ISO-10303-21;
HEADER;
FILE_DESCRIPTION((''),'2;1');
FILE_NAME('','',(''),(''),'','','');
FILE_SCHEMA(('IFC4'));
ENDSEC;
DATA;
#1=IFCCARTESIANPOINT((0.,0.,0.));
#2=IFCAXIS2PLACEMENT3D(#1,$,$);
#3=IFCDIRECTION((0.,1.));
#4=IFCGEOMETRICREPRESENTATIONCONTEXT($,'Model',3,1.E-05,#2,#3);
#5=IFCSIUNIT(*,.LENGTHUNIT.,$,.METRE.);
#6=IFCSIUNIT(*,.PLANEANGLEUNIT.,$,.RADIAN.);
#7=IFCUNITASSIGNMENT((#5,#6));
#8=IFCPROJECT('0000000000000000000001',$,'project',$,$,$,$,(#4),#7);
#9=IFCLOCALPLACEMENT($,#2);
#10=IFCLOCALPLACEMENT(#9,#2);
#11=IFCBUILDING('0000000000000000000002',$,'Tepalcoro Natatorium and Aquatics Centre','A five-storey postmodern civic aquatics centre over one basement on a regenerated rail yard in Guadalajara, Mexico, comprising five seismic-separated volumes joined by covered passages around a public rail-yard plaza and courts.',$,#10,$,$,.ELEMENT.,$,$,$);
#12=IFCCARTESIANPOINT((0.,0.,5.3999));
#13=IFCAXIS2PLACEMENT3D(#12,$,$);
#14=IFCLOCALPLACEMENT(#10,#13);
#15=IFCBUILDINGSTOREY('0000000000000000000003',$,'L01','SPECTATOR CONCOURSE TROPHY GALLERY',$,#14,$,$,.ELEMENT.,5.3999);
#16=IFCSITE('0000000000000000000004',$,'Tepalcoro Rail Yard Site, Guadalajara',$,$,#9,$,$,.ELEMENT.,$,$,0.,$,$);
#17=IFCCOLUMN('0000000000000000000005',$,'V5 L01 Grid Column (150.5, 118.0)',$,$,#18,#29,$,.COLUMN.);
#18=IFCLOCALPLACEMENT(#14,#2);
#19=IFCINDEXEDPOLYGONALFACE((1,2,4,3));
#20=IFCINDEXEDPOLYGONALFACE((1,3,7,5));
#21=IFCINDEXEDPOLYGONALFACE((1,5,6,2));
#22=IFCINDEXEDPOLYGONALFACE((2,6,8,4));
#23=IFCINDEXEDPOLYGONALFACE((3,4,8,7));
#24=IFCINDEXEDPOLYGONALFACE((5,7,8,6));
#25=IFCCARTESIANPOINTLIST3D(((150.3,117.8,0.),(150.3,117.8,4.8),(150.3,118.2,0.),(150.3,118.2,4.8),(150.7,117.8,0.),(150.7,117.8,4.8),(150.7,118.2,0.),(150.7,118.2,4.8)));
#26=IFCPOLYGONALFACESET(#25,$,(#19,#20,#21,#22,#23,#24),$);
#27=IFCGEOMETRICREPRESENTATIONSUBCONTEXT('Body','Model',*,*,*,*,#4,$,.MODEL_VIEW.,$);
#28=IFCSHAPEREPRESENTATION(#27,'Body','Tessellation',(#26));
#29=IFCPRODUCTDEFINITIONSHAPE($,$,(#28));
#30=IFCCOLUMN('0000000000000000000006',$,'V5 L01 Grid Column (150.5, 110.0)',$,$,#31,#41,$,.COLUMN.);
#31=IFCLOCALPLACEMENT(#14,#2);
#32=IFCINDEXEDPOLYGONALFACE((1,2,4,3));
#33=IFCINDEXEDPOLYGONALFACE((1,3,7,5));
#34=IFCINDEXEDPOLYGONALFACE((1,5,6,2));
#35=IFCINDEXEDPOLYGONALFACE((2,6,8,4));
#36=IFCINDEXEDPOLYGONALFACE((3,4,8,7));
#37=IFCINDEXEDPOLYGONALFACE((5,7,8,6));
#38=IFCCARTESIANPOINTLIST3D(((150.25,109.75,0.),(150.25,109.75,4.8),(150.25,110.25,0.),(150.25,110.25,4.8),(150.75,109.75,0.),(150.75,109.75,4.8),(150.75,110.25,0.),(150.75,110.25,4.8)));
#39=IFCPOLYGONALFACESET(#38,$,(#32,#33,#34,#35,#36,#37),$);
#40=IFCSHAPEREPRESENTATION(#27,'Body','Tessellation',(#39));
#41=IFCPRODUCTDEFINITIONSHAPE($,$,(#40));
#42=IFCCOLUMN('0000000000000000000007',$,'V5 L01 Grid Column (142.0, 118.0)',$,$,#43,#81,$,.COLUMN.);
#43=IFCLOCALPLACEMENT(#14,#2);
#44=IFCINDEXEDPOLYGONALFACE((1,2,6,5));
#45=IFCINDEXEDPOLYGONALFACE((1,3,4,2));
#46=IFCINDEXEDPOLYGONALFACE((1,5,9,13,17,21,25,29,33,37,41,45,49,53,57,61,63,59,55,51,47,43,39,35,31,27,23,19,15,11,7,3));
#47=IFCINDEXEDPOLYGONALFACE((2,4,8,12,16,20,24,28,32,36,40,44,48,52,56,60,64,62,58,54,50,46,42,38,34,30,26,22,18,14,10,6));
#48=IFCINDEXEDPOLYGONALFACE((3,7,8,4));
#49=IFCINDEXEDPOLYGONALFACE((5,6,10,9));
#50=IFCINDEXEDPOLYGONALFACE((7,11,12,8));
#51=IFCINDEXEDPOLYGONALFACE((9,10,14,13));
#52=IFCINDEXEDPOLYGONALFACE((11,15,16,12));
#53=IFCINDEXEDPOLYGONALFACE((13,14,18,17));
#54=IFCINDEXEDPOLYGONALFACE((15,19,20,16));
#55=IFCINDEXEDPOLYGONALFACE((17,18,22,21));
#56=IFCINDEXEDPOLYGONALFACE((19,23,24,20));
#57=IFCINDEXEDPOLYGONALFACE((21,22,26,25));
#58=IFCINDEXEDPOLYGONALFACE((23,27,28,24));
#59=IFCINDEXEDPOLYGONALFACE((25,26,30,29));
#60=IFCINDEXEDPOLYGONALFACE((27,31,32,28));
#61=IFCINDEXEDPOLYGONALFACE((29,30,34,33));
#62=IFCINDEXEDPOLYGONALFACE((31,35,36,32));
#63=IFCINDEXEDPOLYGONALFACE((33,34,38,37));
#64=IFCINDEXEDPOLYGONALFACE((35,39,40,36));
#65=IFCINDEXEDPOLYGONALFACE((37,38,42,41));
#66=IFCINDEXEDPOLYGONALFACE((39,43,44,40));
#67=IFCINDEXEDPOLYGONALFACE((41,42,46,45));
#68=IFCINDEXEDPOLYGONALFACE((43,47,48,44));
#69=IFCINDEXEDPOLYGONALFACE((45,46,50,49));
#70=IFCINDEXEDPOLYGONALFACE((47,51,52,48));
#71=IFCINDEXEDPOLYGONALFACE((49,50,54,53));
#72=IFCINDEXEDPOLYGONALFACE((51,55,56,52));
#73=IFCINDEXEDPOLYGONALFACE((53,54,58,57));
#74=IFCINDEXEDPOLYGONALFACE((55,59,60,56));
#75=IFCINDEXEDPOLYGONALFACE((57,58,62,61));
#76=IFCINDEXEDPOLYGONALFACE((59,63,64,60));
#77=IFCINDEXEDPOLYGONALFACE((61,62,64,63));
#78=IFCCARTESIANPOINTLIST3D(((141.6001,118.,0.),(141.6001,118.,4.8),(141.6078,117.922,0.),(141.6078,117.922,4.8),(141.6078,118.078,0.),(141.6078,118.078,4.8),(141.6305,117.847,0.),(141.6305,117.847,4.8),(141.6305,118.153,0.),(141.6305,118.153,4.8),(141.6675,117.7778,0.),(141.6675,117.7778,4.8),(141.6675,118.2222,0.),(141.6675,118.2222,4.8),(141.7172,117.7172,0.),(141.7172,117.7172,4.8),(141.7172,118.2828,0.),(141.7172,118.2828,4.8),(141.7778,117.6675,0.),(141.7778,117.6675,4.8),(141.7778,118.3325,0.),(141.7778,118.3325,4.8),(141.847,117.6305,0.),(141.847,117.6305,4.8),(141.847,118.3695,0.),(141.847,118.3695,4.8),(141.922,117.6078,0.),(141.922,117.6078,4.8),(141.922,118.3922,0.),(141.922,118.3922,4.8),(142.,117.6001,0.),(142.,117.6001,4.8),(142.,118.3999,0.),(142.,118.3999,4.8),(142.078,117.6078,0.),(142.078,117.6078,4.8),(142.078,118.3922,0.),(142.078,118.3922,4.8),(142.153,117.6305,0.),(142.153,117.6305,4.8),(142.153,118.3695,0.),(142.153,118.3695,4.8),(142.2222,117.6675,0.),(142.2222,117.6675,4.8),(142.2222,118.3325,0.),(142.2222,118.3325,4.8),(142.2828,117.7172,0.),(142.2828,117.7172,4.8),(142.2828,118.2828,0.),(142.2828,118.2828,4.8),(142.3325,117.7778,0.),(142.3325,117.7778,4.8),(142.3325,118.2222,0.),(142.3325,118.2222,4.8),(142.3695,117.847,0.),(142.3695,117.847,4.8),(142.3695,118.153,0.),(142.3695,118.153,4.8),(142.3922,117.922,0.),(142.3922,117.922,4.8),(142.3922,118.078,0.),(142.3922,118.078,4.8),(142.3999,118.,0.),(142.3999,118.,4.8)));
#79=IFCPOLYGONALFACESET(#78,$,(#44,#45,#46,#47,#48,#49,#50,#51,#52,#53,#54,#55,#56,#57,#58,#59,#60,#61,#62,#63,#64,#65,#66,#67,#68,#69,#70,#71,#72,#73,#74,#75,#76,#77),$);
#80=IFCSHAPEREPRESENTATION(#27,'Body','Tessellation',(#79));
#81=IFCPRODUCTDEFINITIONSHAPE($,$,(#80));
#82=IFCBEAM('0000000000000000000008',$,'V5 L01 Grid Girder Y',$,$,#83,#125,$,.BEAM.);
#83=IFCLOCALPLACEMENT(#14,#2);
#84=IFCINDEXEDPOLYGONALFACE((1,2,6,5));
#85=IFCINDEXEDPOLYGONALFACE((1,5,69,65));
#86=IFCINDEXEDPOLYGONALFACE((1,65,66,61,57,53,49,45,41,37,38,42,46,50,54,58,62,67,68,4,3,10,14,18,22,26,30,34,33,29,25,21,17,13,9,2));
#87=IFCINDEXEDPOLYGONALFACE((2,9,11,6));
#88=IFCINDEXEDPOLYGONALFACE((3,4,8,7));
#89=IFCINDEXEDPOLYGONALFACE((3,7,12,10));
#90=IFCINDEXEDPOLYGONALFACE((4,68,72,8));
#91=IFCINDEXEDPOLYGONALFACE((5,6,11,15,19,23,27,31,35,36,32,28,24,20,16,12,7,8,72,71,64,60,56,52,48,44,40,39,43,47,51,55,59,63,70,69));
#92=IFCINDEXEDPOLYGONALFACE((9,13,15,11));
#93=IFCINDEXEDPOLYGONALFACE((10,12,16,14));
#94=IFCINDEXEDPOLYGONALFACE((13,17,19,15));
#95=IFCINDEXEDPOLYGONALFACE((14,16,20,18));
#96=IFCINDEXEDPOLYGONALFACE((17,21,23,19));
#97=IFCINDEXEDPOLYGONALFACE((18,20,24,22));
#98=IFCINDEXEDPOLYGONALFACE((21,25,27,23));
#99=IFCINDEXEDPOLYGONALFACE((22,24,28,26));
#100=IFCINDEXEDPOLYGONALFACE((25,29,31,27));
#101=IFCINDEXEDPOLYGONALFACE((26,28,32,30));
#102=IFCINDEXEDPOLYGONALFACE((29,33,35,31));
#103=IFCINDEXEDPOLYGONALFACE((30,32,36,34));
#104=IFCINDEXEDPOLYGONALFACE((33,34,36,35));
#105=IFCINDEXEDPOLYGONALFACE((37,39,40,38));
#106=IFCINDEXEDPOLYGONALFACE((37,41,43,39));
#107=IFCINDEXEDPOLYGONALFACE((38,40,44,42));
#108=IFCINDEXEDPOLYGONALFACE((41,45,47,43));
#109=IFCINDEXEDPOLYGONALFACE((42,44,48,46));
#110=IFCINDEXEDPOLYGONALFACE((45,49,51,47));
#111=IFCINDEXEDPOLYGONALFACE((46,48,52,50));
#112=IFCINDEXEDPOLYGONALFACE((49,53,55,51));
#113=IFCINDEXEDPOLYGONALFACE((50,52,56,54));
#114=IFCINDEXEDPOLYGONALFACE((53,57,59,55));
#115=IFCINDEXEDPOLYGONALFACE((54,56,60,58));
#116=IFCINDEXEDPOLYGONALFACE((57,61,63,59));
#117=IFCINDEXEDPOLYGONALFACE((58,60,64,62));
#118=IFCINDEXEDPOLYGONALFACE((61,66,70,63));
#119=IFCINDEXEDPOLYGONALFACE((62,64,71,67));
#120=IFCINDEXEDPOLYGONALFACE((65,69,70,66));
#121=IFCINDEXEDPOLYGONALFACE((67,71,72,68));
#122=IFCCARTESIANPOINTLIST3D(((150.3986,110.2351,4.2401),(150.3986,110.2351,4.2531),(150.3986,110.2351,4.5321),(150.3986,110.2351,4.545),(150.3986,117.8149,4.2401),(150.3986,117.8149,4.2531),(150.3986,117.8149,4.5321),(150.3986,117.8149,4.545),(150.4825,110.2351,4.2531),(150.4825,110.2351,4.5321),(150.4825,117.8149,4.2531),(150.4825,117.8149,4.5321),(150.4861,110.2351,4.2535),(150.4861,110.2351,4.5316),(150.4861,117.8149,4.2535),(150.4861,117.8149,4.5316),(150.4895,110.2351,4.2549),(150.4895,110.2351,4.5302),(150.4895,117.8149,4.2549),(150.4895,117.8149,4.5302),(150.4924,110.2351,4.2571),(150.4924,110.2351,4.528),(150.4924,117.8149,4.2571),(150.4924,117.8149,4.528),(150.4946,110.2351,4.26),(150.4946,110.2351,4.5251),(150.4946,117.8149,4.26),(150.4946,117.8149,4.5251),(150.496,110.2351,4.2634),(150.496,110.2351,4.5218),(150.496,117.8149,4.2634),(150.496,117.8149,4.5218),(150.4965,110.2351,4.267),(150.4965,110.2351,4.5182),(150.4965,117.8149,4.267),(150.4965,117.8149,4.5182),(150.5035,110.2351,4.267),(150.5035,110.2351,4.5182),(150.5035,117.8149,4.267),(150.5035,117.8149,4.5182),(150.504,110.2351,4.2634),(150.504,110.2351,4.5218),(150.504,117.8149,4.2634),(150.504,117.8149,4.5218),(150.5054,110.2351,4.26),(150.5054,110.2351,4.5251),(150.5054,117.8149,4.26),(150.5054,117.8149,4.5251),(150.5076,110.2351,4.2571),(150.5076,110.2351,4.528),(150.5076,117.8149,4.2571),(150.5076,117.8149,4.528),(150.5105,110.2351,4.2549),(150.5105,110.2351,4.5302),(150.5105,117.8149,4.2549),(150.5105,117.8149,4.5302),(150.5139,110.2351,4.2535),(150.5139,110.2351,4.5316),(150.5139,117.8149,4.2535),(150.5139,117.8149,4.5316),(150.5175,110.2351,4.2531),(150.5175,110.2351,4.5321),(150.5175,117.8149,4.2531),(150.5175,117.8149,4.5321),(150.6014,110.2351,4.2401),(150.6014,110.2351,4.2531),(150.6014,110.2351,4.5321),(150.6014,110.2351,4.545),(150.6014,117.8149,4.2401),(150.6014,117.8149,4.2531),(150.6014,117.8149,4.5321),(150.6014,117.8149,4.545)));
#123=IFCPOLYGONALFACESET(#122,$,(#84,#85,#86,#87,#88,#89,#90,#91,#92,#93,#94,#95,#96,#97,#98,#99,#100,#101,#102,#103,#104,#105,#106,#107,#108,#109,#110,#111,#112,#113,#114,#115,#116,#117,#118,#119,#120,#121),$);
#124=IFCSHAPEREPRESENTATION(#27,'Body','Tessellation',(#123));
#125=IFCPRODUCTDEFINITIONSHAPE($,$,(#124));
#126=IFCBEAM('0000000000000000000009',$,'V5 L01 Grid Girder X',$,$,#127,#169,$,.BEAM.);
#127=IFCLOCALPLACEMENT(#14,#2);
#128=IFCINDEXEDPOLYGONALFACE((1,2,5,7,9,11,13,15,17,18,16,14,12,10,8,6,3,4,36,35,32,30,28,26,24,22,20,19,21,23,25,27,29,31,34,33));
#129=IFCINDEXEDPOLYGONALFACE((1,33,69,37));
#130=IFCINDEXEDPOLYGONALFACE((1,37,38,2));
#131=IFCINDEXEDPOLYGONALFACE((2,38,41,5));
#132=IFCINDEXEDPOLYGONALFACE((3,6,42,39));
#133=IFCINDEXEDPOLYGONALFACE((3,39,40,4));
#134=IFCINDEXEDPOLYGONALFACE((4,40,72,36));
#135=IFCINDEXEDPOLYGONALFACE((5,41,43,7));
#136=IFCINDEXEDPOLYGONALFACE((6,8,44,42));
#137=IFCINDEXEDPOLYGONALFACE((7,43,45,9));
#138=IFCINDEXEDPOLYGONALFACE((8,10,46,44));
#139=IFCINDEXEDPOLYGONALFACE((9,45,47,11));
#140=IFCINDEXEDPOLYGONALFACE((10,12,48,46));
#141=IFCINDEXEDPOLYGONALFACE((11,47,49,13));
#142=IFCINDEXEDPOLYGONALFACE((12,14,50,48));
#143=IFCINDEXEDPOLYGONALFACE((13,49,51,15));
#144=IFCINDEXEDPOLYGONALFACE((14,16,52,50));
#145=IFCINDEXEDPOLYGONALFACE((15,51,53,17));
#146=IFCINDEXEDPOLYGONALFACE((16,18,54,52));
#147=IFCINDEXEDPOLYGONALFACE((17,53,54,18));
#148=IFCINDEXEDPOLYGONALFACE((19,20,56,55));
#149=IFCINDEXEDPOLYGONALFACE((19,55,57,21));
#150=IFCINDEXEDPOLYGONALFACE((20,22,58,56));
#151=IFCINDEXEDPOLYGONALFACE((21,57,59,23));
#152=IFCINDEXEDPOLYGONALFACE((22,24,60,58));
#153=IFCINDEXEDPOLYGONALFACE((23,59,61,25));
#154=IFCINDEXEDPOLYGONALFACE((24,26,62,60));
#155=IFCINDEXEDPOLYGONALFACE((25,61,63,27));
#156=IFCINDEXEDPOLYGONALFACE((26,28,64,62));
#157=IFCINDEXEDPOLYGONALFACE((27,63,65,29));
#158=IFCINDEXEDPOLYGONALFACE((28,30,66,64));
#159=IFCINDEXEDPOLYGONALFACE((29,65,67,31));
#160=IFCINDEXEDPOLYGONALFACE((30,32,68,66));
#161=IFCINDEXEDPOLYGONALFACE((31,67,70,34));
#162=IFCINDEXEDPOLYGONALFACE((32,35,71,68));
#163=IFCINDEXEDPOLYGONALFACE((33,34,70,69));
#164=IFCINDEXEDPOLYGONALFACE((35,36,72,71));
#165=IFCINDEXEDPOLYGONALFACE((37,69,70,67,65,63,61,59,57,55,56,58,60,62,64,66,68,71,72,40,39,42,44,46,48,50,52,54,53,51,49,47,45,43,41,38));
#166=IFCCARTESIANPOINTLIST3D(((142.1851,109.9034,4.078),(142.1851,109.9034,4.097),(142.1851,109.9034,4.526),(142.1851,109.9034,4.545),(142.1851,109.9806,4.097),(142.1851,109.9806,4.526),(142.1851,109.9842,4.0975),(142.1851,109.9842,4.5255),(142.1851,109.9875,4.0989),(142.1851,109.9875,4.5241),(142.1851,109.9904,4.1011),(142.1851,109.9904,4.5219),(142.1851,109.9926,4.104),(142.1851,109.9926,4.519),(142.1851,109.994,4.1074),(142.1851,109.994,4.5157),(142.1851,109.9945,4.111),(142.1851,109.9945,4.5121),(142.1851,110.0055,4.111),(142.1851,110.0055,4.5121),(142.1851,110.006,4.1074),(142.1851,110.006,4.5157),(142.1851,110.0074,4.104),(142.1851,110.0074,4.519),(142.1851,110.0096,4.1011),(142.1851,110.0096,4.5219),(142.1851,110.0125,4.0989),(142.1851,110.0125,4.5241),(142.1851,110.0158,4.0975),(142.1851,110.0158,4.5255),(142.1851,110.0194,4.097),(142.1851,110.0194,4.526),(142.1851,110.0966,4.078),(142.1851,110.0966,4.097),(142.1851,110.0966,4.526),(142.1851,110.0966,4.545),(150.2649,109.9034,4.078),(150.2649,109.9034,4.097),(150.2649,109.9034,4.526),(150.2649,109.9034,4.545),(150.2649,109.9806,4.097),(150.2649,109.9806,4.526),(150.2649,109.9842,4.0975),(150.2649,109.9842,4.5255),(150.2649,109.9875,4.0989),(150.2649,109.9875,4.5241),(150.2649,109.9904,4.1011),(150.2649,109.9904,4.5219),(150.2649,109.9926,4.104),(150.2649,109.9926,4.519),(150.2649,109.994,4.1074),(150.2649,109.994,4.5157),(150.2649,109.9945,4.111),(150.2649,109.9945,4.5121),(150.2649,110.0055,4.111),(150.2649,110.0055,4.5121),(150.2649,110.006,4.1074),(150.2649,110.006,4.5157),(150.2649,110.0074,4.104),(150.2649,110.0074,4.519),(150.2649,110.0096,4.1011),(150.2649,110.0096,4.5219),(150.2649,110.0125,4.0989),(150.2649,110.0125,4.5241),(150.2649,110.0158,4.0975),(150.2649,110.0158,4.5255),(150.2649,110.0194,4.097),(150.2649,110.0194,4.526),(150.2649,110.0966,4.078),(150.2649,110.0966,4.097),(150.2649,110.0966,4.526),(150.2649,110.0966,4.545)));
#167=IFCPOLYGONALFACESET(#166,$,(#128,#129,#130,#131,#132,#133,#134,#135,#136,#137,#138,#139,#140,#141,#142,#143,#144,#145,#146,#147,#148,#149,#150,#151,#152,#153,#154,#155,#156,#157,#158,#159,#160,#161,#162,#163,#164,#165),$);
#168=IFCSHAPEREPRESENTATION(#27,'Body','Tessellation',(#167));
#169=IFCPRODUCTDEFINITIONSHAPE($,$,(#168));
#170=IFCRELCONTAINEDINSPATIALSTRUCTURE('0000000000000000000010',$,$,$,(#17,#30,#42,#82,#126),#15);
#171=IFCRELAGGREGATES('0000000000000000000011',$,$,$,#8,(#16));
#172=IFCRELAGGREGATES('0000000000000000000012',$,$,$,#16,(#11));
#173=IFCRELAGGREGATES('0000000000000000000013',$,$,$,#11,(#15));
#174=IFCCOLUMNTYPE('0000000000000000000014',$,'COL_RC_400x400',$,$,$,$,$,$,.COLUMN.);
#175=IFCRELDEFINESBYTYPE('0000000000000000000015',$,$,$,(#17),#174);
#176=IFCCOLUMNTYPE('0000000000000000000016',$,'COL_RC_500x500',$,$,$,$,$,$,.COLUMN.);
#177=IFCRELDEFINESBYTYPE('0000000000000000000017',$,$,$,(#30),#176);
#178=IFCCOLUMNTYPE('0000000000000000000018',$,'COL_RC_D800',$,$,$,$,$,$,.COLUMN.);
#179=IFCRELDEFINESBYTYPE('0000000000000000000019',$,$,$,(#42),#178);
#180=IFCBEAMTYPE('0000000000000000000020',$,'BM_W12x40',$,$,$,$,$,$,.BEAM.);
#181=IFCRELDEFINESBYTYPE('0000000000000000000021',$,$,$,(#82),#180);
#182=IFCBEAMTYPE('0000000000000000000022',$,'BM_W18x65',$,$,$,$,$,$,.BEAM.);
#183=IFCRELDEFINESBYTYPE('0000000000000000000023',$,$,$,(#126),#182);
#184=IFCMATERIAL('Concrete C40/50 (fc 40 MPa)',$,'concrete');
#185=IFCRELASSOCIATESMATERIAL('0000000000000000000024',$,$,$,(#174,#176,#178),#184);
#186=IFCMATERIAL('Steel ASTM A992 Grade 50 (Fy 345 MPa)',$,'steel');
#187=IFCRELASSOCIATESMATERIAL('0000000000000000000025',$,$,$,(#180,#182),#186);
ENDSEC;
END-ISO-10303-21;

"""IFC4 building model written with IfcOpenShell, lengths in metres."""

from ifc_helpers import new_model, si_unit, direction, frame, origin, origin_2d, place, context, subcontext, project, spatial, rectangle, circle, i_section, extrude, material, material_profile, profile_set, type_object, element, save


model = new_model("IFC4")

# Units and contexts
model_context = context("Model", 3, precision=1e-05, world=origin(), true_north=direction((0.0, 1.0)))
body_context = subcontext(model_context, "Body", "Model", "MODEL_VIEW")
ifc_project = project(units=[si_unit("LENGTHUNIT", "METRE"), si_unit("PLANEANGLEUNIT", "RADIAN")], contexts=[model_context])

# Site, building, storey
site_placement = place(None, origin())
site = spatial("IfcSite", under=ifc_project, at=site_placement, Name="Tepalcoro Rail Yard Site, Guadalajara", CompositionType="ELEMENT", RefElevation=0.0)
building_placement = place(site_placement, origin())
building = spatial("IfcBuilding", under=site, at=building_placement, Name="Tepalcoro Natatorium and Aquatics Centre", Description="A five-storey postmodern civic aquatics centre over one basement on a regenerated rail yard in Guadalajara, Mexico, comprising five seismic-separated volumes joined by covered passages around a public rail-yard plaza and courts.", CompositionType="ELEMENT")
storey_placement = place(building_placement, frame((0.0, 0.0, 5.3999)))
storey = spatial("IfcBuildingStorey", under=building, at=storey_placement, Name="L01", Description="SPECTATOR CONCOURSE TROPHY GALLERY", CompositionType="ELEMENT", Elevation=5.3999)

# Columns
ifc_material_1 = material(Name="Concrete C40/50 (fc 40 MPa)", Category="concrete")
ifc_material_profile_1 = material_profile(ifc_material_1, rectangle(XDim=0.3999, YDim=0.3999, at=origin_2d()), Name="RC400x400")
ifc_profile_set_1 = profile_set([ifc_material_profile_1], Name="Concrete C40/50 (fc 40 MPa)")
column_type_1 = type_object("IfcColumnType", Name="COL_RC_400x400", PredefinedType="COLUMN", material=ifc_profile_set_1)
column_1_placement = place(storey_placement, frame((150.5, 118.0, 0.0), z_axis=(0.0, 0.0, 1.0), x_axis=(1.0, 0.0, 0.0)))
element("IfcColumn", 1, at=column_1_placement, inside=storey, type_object=column_type_1, Name="V5 L01 Grid Column (150.5, 118.0)", PredefinedType="COLUMN", context=body_context, shape_type="SweptSolid", body=[
    extrude(rectangle(XDim=0.3999, YDim=0.3999, at=origin_2d()), origin(), (0.0, 0.0, 1.0), 4.8),
])
ifc_material_profile_2 = material_profile(ifc_material_1, rectangle(XDim=0.5, YDim=0.5, at=origin_2d()), Name="RC500x500")
ifc_profile_set_2 = profile_set([ifc_material_profile_2], Name="Concrete C40/50 (fc 40 MPa)")
column_type_2 = type_object("IfcColumnType", Name="COL_RC_500x500", PredefinedType="COLUMN", material=ifc_profile_set_2)
column_2_placement = place(storey_placement, frame((150.5, 110.0, 0.0), z_axis=(0.0, 0.0, 1.0), x_axis=(1.0, 0.0, 0.0)))
element("IfcColumn", 2, at=column_2_placement, inside=storey, type_object=column_type_2, Name="V5 L01 Grid Column (150.5, 110.0)", PredefinedType="COLUMN", context=body_context, shape_type="SweptSolid", body=[
    extrude(rectangle(XDim=0.5, YDim=0.5, at=origin_2d()), origin(), (0.0, 0.0, 1.0), 4.8),
])
ifc_material_profile_3 = material_profile(ifc_material_1, circle(Radius=0.3999, at=origin_2d()), Name="RCD800")
ifc_profile_set_3 = profile_set([ifc_material_profile_3], Name="Concrete C40/50 (fc 40 MPa)")
column_type_3 = type_object("IfcColumnType", Name="COL_RC_D800", PredefinedType="COLUMN", material=ifc_profile_set_3)
column_3_placement = place(storey_placement, frame((142.0, 118.0, 0.0), z_axis=(0.0, 0.0, 1.0), x_axis=(1.0, 0.0, 0.0)))
element("IfcColumn", 3, at=column_3_placement, inside=storey, type_object=column_type_3, Name="V5 L01 Grid Column (142.0, 118.0)", PredefinedType="COLUMN", context=body_context, shape_type="SweptSolid", body=[
    extrude(circle(Radius=0.3999, at=origin_2d()), origin(), (0.0, 0.0, 1.0), 4.8),
])

# Beams
ifc_material_2 = material(Name="Steel ASTM A992 Grade 50 (Fy 345 MPa)", Category="steel")
ifc_material_profile_4 = material_profile(ifc_material_2, i_section(OverallWidth=0.2029, OverallDepth=0.3049, WebThickness=0.0071, FlangeThickness=0.0129, FilletRadius=0.0139, at=origin_2d()), Name="W12X40")
ifc_profile_set_4 = profile_set([ifc_material_profile_4], Name="Steel ASTM A992 Grade 50 (Fy 345 MPa)")
beam_type_1 = type_object("IfcBeamType", Name="BM_W12x40", PredefinedType="BEAM", material=ifc_profile_set_4)
beam_1_placement = place(storey_placement, frame((150.5, 110.2351, 4.3926), z_axis=(0.0, 1.0, 0.0), x_axis=(-1.0, 0.0, 0.0)))
element("IfcBeam", 4, at=beam_1_placement, inside=storey, type_object=beam_type_1, Name="V5 L01 Grid Girder Y", PredefinedType="BEAM", context=body_context, shape_type="SweptSolid", body=[
    extrude(i_section(OverallWidth=0.2029, OverallDepth=0.3049, WebThickness=0.0071, FlangeThickness=0.0129, FilletRadius=0.0139, at=origin_2d()), origin(), (0.0, 0.0, 1.0), 7.5798),
])
ifc_material_profile_5 = material_profile(ifc_material_2, i_section(OverallWidth=0.1931, OverallDepth=0.467, WebThickness=0.011, FlangeThickness=0.019, FilletRadius=0.0139, at=origin_2d()), Name="W18X65")
ifc_profile_set_5 = profile_set([ifc_material_profile_5], Name="Steel ASTM A992 Grade 50 (Fy 345 MPa)")
beam_type_2 = type_object("IfcBeamType", Name="BM_W18x65", PredefinedType="BEAM", material=ifc_profile_set_5)
beam_2_placement = place(storey_placement, frame((142.1851, 110.0, 4.3115), z_axis=(1.0, 0.0, 0.0), x_axis=(0.0, 1.0, 0.0)))
element("IfcBeam", 5, at=beam_2_placement, inside=storey, type_object=beam_type_2, Name="V5 L01 Grid Girder X", PredefinedType="BEAM", context=body_context, shape_type="SweptSolid", body=[
    extrude(i_section(OverallWidth=0.1931, OverallDepth=0.467, WebThickness=0.011, FlangeThickness=0.019, FilletRadius=0.0139, at=origin_2d()), origin(), (0.0, 0.0, 1.0), 8.0798),
])

save(model, "model.ifc")
